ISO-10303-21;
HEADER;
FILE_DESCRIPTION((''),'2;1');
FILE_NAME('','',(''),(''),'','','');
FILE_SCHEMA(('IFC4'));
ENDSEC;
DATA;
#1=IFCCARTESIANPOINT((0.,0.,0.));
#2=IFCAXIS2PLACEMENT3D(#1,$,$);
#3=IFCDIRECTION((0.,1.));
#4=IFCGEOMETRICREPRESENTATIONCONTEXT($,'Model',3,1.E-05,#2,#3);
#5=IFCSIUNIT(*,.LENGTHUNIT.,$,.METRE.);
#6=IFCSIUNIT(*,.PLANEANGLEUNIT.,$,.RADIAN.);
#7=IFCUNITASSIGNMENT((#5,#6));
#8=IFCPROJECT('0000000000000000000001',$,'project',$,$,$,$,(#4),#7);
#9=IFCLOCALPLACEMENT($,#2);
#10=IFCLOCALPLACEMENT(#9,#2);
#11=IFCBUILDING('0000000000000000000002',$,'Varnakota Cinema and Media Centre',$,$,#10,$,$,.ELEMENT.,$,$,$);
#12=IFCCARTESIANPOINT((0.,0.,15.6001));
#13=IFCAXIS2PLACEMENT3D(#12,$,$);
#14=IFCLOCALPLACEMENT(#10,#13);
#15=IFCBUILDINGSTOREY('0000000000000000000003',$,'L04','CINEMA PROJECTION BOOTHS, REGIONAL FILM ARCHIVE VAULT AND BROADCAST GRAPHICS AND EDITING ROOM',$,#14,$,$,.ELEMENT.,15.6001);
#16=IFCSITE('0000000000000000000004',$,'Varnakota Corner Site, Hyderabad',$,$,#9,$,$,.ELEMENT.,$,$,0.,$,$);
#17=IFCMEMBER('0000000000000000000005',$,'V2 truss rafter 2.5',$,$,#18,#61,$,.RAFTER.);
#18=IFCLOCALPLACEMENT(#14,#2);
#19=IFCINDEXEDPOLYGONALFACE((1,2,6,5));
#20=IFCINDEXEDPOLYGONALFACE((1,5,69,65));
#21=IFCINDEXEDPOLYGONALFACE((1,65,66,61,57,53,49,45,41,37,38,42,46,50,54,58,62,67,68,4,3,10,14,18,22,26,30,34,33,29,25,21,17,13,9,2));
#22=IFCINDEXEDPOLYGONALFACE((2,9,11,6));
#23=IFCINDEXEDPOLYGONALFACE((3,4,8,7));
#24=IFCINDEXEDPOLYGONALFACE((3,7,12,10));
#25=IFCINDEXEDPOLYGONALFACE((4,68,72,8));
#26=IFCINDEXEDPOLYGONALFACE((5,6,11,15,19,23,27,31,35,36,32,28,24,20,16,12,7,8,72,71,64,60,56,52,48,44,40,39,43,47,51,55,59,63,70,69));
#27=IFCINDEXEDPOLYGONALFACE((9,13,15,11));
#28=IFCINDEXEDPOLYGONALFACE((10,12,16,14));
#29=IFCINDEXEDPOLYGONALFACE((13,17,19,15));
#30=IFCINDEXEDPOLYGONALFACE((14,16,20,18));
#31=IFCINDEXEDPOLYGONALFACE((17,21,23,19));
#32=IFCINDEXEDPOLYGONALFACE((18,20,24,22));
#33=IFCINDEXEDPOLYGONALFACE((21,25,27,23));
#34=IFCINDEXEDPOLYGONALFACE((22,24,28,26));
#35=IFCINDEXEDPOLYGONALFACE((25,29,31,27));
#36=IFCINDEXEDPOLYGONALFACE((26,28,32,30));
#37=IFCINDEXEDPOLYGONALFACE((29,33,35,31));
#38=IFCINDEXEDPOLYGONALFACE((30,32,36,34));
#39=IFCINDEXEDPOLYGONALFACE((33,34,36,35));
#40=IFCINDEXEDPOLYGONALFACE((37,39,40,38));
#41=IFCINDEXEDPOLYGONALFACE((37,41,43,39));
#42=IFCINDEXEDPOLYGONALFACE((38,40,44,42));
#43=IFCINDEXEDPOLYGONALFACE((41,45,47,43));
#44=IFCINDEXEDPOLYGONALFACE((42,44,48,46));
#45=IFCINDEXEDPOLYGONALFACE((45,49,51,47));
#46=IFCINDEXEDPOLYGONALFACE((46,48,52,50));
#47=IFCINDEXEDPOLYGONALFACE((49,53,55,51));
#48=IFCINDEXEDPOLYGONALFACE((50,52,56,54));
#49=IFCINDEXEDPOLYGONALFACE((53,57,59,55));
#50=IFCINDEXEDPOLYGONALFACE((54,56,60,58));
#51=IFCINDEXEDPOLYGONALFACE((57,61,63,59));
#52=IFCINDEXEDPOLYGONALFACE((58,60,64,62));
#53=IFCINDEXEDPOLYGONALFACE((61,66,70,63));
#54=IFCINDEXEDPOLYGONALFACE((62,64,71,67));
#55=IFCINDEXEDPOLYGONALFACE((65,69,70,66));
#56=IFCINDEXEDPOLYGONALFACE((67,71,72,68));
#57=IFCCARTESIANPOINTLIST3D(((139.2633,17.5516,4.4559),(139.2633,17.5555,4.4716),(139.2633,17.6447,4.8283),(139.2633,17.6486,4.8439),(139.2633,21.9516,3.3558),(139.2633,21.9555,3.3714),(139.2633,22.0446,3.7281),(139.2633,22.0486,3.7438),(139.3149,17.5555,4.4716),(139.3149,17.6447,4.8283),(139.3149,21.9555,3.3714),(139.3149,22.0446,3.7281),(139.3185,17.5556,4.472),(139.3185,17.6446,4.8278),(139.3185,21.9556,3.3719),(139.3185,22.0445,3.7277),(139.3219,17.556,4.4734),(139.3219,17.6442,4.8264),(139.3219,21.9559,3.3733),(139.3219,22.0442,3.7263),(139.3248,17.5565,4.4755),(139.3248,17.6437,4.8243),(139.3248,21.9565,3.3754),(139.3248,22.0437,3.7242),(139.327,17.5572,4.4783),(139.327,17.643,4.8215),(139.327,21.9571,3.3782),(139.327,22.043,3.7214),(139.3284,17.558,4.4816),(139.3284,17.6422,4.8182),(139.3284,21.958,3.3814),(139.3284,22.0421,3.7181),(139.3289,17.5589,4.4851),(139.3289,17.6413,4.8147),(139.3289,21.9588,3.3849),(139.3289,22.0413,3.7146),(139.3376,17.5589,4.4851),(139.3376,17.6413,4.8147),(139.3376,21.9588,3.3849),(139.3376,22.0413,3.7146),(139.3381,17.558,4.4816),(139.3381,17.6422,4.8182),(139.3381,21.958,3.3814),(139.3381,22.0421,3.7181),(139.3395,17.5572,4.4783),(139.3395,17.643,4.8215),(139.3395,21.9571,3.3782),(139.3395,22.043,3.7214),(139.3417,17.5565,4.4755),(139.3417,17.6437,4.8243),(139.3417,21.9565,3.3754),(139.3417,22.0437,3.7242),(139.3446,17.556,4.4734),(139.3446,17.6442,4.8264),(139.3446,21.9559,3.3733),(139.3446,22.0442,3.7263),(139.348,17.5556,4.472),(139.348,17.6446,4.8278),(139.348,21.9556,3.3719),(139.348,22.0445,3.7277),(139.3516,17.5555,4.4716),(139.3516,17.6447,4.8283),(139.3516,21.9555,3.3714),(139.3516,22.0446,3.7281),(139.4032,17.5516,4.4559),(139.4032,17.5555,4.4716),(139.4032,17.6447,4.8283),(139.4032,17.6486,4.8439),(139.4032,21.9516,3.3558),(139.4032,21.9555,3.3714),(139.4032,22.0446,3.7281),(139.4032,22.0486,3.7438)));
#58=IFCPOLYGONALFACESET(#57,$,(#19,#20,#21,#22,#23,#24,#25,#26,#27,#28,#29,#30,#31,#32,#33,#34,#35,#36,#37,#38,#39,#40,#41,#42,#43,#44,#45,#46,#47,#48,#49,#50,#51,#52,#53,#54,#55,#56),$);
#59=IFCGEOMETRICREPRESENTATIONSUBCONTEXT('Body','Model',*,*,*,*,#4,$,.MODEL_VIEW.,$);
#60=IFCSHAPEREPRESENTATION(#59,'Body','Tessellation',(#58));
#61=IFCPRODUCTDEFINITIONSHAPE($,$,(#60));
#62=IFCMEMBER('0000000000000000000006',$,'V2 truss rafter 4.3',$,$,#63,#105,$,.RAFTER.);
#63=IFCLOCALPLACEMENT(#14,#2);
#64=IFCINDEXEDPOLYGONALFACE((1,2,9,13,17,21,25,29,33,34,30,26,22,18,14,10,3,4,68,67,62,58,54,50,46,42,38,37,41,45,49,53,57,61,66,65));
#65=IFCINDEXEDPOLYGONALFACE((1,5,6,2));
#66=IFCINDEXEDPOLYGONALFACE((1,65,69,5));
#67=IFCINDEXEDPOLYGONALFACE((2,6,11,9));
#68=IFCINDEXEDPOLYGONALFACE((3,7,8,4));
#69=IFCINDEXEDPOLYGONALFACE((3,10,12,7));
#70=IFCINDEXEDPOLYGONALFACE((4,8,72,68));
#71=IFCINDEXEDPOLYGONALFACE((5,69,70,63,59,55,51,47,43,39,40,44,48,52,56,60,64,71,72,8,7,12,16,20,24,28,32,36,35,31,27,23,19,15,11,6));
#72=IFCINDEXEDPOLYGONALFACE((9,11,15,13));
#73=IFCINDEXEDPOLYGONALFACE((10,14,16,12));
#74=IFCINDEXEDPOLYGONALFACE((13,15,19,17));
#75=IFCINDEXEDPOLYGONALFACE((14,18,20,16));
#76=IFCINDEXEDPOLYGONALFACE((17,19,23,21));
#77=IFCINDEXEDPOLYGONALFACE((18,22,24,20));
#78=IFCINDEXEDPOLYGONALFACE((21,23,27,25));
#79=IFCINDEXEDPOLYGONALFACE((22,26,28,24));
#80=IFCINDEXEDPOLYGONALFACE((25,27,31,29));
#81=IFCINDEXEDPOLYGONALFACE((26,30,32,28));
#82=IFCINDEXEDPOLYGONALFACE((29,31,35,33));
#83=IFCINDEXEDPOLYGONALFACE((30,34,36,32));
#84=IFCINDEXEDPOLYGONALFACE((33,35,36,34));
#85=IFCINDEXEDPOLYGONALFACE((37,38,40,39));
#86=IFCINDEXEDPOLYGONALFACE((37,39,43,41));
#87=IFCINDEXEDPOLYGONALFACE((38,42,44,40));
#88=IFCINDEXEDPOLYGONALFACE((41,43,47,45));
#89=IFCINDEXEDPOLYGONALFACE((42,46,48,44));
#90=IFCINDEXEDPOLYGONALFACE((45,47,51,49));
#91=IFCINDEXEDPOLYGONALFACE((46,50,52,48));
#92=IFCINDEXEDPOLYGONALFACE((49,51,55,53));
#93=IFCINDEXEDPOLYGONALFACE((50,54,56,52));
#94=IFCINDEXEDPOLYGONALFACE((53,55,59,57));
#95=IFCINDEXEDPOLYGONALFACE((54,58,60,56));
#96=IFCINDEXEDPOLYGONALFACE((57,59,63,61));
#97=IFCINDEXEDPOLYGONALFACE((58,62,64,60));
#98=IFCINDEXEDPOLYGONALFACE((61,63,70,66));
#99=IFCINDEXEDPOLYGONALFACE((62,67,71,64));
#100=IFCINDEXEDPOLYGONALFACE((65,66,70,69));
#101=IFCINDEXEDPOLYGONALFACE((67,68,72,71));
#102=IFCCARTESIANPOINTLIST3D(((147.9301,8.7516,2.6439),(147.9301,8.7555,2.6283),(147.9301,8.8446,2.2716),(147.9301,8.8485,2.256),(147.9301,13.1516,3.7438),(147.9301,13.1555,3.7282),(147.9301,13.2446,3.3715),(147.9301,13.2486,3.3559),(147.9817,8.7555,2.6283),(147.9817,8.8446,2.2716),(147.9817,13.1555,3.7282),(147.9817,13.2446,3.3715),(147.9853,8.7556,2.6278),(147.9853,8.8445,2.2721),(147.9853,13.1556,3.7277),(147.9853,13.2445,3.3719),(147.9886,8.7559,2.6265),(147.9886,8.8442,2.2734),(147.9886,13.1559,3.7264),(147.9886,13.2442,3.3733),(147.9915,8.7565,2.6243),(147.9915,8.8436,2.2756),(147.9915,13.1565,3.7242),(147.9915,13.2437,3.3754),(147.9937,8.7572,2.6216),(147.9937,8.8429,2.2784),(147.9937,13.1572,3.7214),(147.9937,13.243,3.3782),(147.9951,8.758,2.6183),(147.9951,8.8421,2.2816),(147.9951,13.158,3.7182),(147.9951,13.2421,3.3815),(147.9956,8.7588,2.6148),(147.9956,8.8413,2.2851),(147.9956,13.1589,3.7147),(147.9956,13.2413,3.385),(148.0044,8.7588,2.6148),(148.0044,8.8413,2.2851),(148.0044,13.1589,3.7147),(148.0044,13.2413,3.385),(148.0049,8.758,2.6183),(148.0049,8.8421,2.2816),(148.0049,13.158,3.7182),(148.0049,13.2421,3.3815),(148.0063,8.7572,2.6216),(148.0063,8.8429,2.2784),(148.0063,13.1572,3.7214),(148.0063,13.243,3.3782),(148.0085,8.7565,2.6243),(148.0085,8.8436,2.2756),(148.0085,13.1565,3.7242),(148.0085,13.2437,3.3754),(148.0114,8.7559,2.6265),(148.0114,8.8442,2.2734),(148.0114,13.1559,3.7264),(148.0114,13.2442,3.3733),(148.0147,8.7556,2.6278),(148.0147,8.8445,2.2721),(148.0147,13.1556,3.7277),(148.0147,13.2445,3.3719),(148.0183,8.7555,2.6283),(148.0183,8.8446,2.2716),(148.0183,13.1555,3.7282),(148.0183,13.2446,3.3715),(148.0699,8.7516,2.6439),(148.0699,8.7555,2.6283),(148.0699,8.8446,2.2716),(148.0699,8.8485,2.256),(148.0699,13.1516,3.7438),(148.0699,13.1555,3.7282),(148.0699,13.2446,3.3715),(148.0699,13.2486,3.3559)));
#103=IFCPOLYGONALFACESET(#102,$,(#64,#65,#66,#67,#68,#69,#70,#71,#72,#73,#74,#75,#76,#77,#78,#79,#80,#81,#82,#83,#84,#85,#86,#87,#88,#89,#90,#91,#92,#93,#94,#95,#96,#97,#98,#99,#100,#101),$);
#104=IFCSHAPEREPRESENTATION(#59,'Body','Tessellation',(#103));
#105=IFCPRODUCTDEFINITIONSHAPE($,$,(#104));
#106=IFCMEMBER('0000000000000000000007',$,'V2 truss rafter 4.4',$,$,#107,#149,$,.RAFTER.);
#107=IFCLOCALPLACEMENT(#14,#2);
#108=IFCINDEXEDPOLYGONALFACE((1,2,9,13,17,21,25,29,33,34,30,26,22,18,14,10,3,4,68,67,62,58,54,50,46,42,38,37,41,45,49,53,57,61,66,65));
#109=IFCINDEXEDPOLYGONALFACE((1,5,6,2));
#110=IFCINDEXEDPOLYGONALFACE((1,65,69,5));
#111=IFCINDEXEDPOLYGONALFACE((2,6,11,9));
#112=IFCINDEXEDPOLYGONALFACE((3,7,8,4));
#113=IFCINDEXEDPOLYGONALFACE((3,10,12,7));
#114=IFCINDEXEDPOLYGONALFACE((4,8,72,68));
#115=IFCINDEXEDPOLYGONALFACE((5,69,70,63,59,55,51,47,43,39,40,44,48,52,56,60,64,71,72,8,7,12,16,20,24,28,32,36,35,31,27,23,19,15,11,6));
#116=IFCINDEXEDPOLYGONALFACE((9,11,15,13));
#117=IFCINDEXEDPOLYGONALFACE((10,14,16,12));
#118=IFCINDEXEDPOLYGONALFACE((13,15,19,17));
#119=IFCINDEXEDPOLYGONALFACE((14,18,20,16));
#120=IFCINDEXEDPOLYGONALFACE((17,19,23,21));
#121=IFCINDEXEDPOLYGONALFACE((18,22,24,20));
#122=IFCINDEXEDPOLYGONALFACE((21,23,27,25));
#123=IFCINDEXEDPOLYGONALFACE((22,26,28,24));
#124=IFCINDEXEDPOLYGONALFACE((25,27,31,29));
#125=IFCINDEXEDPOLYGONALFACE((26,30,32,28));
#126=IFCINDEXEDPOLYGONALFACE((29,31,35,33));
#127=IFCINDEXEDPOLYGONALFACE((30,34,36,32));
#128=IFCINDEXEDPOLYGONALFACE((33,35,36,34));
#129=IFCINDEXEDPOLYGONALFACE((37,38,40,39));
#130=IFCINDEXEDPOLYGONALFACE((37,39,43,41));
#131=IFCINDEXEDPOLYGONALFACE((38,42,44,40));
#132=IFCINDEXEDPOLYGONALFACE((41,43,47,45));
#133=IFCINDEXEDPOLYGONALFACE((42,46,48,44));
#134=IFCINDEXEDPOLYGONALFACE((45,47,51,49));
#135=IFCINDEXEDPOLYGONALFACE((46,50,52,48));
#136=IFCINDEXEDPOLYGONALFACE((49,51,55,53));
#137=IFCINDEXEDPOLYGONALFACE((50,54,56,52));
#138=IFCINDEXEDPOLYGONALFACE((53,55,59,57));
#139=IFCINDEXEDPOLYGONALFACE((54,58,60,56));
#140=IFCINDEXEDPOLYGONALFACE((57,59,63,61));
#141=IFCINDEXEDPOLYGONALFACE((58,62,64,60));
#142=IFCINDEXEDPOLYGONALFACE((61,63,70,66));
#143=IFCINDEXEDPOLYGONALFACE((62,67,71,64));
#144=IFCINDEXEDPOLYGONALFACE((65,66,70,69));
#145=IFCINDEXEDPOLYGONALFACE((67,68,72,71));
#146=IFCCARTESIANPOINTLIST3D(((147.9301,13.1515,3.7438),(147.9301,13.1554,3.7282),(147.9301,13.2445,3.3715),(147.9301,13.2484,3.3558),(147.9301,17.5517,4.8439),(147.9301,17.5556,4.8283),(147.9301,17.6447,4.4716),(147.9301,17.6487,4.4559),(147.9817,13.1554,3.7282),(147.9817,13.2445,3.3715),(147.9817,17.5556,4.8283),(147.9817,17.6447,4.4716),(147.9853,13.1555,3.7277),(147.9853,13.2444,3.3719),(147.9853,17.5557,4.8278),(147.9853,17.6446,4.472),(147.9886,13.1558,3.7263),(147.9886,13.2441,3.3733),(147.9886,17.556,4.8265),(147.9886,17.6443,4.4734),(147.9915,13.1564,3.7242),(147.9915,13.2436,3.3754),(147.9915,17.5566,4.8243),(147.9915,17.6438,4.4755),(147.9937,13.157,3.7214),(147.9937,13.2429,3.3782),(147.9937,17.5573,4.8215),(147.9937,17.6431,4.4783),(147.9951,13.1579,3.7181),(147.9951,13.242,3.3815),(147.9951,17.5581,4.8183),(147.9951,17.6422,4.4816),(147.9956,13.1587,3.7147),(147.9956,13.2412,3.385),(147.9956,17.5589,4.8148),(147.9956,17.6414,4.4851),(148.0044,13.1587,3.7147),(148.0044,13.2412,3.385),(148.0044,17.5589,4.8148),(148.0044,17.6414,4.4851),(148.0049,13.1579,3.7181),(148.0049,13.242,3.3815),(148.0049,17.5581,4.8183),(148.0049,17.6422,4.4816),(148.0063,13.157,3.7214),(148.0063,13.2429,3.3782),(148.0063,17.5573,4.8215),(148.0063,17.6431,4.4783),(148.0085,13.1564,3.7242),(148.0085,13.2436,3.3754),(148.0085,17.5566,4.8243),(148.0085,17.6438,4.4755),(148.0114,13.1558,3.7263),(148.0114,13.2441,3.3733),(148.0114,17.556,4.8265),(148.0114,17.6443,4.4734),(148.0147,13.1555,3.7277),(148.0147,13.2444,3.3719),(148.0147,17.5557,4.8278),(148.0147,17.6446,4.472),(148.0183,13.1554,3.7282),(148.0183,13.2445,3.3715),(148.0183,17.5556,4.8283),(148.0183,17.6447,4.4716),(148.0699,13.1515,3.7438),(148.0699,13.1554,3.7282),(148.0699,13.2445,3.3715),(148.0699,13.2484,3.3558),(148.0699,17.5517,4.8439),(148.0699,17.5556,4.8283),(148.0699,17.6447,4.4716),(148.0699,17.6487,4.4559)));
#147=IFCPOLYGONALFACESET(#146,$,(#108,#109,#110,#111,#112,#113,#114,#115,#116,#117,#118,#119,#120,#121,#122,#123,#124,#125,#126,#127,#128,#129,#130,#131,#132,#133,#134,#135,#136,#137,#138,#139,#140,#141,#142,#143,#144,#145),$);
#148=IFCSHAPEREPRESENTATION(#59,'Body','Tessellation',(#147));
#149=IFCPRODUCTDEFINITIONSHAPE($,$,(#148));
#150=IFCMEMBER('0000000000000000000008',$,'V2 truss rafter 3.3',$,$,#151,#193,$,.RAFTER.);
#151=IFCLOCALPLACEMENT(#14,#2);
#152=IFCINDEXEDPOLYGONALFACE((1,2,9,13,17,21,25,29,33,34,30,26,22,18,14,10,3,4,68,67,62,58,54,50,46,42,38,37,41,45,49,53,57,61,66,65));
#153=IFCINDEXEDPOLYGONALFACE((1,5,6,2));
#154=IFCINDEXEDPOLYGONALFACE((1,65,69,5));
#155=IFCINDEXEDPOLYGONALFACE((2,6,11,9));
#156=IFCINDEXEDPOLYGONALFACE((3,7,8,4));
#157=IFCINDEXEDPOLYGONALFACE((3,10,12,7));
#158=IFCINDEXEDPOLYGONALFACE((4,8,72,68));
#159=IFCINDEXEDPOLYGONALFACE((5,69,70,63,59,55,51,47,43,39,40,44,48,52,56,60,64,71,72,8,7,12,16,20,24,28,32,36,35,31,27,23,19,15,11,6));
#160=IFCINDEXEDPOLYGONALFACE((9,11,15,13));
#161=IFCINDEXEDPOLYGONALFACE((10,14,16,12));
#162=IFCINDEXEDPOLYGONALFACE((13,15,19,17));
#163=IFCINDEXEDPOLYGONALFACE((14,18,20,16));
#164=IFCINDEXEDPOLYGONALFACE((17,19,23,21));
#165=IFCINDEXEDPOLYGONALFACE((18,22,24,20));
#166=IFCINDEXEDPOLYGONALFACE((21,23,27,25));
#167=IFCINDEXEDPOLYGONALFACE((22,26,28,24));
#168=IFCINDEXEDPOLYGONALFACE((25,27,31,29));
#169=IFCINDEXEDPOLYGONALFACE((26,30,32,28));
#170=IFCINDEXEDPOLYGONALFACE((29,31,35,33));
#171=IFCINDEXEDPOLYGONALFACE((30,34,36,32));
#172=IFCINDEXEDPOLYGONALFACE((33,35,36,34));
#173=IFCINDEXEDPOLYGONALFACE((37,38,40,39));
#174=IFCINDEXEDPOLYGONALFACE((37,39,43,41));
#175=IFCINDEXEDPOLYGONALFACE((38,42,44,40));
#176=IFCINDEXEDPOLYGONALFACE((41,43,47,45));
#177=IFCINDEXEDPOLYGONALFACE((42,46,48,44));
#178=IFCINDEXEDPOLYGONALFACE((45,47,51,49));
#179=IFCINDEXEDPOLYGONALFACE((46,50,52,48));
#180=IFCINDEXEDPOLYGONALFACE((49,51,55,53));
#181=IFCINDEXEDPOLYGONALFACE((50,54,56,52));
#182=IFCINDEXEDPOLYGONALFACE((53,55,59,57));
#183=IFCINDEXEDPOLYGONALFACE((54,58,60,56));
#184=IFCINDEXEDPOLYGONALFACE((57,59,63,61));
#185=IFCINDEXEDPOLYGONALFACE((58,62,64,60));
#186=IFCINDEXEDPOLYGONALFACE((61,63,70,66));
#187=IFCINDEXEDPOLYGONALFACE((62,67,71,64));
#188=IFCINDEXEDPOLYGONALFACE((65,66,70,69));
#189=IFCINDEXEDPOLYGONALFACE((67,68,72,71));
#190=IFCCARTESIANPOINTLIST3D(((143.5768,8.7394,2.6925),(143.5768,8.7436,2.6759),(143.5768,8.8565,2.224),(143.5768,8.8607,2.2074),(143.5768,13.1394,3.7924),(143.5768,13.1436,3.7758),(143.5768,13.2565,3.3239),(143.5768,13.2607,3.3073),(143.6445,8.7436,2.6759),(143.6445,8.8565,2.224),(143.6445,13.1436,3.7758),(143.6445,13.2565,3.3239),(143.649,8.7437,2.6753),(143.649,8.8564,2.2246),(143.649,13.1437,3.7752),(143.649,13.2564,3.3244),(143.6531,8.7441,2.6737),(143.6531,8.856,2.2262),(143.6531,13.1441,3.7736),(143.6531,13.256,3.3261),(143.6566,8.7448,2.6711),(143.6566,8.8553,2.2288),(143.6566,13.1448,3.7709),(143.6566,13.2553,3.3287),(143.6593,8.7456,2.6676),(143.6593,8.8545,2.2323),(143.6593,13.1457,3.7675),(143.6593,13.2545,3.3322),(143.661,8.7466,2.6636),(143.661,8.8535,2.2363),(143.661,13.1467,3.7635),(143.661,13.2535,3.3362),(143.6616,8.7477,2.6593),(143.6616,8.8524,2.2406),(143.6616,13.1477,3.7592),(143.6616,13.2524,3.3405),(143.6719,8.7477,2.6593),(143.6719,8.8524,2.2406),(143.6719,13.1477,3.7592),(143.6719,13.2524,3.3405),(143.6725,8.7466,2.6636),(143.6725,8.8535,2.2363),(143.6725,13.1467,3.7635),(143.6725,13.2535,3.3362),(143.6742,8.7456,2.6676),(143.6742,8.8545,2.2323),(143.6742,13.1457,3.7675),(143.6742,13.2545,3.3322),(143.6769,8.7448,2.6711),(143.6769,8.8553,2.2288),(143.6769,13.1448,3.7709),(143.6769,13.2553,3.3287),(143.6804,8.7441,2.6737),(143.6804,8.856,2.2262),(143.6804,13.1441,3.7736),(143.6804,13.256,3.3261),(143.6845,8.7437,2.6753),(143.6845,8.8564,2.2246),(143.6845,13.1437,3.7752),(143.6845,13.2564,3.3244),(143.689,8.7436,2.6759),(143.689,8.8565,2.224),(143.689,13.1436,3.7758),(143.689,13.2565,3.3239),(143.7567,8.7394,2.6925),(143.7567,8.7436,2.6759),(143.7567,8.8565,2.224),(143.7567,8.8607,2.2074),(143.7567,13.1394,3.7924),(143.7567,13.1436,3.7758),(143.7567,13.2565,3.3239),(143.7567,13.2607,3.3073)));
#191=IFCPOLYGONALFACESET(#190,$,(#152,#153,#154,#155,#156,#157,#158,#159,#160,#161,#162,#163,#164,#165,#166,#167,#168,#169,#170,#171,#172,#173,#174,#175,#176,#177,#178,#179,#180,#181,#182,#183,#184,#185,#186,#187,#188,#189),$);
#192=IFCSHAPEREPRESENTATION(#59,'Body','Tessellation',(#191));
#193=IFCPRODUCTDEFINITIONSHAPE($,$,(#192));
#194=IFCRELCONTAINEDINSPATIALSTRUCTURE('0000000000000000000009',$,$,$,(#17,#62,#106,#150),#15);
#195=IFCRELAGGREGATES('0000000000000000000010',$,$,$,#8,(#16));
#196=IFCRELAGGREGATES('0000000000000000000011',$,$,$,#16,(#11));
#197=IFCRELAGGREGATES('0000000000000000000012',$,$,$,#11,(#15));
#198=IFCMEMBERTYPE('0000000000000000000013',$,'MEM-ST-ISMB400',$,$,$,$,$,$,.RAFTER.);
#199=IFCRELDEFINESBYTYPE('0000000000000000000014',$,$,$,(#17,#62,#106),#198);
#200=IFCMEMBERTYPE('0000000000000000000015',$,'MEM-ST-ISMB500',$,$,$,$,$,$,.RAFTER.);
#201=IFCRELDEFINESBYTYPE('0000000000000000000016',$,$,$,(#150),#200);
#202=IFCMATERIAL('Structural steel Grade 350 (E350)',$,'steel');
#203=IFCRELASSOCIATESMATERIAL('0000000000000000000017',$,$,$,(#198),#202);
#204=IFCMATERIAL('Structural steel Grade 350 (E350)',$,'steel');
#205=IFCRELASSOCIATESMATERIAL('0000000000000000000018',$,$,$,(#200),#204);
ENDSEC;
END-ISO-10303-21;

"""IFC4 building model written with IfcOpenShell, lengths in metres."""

from ifc_helpers import new_model, si_unit, direction, frame, origin, origin_2d, place, context, subcontext, project, spatial, i_section, extrude, material, material_profile, profile_set, type_object, element, save


model = new_model("IFC4")

# Units and contexts
model_context = context("Model", 3, precision=1e-05, world=origin(), true_north=direction((0.0, 1.0)))
body_context = subcontext(model_context, "Body", "Model", "MODEL_VIEW")
ifc_project = project(units=[si_unit("LENGTHUNIT", "METRE"), si_unit("PLANEANGLEUNIT", "RADIAN")], contexts=[model_context])

# Site, building, storey
site_placement = place(None, origin())
site = spatial("IfcSite", under=ifc_project, at=site_placement, Name="Varnakota Corner Site, Hyderabad", CompositionType="ELEMENT", RefElevation=0.0)
building_placement = place(site_placement, origin())
building = spatial("IfcBuilding", under=site, at=building_placement, Name="Varnakota Cinema and Media Centre", CompositionType="ELEMENT")
storey_placement = place(building_placement, frame((0.0, 0.0, 15.6001)))
storey = spatial("IfcBuildingStorey", under=building, at=storey_placement, Name="L04", Description="CINEMA PROJECTION BOOTHS, REGIONAL FILM ARCHIVE VAULT AND BROADCAST GRAPHICS AND EDITING ROOM", CompositionType="ELEMENT", Elevation=15.6001)

# Members
ifc_material_1 = material(Name="Structural steel Grade 350 (E350)", Category="steel")
ifc_material_profile_1 = material_profile(ifc_material_1, i_section(OverallWidth=0.1399, OverallDepth=0.3999, WebThickness=0.0088, FlangeThickness=0.0161, FilletRadius=0.0139, at=origin_2d()), Name="ISMB 400")
ifc_profile_set_1 = profile_set([ifc_material_profile_1], Name="Structural steel Grade 350 (E350)")
member_type_1 = type_object("IfcMemberType", Name="MEM-ST-ISMB400", PredefinedType="RAFTER", material=ifc_profile_set_1)
for number, where, z_axis, x_axis, name in (
    (1, (139.3333, 17.6001, 4.6499), (0.0, 0.970136, -0.242561), (-1.0, 0.0, 0.0), "V2 truss rafter 2.5"),
    (2, (148.0, 8.8, 2.45), (0.0, 0.970149, 0.24251), (-1.0, 0.0, 0.0), "V2 truss rafter 4.3"),
):
    element("IfcMember", number, at=place(storey_placement, frame(where, z_axis=z_axis, x_axis=x_axis)), inside=storey, type_object=member_type_1, Name=name, PredefinedType="RAFTER", context=body_context, shape_type="SweptSolid", body=[
        extrude(i_section(OverallWidth=0.1399, OverallDepth=0.3999, WebThickness=0.0088, FlangeThickness=0.0161, FilletRadius=0.0139, at=origin_2d()), origin(), (0.0, 0.0, 1.0), 4.5354),
    ])
member_1_placement = place(storey_placement, frame((148.0, 13.2, 3.5498), z_axis=(0.0, 0.970139, 0.242548), x_axis=(-1.0, 0.0, 0.0)))
element("IfcMember", 3, at=member_1_placement, inside=storey, type_object=member_type_1, Name="V2 truss rafter 4.4", PredefinedType="RAFTER", context=body_context, shape_type="SweptSolid", body=[
    extrude(i_section(OverallWidth=0.1399, OverallDepth=0.3999, WebThickness=0.0088, FlangeThickness=0.0161, FilletRadius=0.0139, at=origin_2d()), origin(), (0.0, 0.0, 1.0), 4.5356),
])
ifc_material_2 = material(Name="Structural steel Grade 350 (E350)", Category="steel")
ifc_material_profile_2 = material_profile(ifc_material_2, i_section(OverallWidth=0.1799, OverallDepth=0.5, WebThickness=0.0103, FlangeThickness=0.0171, FilletRadius=0.0171, at=origin_2d()), Name="ISMB 500")
ifc_profile_set_2 = profile_set([ifc_material_profile_2], Name="Structural steel Grade 350 (E350)")
member_type_2 = type_object("IfcMemberType", Name="MEM-ST-ISMB500", PredefinedType="RAFTER", material=ifc_profile_set_2)
member_2_placement = place(storey_placement, frame((143.6667, 8.8, 2.45), z_axis=(0.0, 0.970149, 0.24251), x_axis=(-1.0, 0.0, 0.0)))
element("IfcMember", 4, at=member_2_placement, inside=storey, type_object=member_type_2, Name="V2 truss rafter 3.3", PredefinedType="RAFTER", context=body_context, shape_type="SweptSolid", body=[
    extrude(i_section(OverallWidth=0.1799, OverallDepth=0.5, WebThickness=0.0103, FlangeThickness=0.0171, FilletRadius=0.0171, at=origin_2d()), origin(), (0.0, 0.0, 1.0), 4.5354),
])

save(model, "model.ifc")
